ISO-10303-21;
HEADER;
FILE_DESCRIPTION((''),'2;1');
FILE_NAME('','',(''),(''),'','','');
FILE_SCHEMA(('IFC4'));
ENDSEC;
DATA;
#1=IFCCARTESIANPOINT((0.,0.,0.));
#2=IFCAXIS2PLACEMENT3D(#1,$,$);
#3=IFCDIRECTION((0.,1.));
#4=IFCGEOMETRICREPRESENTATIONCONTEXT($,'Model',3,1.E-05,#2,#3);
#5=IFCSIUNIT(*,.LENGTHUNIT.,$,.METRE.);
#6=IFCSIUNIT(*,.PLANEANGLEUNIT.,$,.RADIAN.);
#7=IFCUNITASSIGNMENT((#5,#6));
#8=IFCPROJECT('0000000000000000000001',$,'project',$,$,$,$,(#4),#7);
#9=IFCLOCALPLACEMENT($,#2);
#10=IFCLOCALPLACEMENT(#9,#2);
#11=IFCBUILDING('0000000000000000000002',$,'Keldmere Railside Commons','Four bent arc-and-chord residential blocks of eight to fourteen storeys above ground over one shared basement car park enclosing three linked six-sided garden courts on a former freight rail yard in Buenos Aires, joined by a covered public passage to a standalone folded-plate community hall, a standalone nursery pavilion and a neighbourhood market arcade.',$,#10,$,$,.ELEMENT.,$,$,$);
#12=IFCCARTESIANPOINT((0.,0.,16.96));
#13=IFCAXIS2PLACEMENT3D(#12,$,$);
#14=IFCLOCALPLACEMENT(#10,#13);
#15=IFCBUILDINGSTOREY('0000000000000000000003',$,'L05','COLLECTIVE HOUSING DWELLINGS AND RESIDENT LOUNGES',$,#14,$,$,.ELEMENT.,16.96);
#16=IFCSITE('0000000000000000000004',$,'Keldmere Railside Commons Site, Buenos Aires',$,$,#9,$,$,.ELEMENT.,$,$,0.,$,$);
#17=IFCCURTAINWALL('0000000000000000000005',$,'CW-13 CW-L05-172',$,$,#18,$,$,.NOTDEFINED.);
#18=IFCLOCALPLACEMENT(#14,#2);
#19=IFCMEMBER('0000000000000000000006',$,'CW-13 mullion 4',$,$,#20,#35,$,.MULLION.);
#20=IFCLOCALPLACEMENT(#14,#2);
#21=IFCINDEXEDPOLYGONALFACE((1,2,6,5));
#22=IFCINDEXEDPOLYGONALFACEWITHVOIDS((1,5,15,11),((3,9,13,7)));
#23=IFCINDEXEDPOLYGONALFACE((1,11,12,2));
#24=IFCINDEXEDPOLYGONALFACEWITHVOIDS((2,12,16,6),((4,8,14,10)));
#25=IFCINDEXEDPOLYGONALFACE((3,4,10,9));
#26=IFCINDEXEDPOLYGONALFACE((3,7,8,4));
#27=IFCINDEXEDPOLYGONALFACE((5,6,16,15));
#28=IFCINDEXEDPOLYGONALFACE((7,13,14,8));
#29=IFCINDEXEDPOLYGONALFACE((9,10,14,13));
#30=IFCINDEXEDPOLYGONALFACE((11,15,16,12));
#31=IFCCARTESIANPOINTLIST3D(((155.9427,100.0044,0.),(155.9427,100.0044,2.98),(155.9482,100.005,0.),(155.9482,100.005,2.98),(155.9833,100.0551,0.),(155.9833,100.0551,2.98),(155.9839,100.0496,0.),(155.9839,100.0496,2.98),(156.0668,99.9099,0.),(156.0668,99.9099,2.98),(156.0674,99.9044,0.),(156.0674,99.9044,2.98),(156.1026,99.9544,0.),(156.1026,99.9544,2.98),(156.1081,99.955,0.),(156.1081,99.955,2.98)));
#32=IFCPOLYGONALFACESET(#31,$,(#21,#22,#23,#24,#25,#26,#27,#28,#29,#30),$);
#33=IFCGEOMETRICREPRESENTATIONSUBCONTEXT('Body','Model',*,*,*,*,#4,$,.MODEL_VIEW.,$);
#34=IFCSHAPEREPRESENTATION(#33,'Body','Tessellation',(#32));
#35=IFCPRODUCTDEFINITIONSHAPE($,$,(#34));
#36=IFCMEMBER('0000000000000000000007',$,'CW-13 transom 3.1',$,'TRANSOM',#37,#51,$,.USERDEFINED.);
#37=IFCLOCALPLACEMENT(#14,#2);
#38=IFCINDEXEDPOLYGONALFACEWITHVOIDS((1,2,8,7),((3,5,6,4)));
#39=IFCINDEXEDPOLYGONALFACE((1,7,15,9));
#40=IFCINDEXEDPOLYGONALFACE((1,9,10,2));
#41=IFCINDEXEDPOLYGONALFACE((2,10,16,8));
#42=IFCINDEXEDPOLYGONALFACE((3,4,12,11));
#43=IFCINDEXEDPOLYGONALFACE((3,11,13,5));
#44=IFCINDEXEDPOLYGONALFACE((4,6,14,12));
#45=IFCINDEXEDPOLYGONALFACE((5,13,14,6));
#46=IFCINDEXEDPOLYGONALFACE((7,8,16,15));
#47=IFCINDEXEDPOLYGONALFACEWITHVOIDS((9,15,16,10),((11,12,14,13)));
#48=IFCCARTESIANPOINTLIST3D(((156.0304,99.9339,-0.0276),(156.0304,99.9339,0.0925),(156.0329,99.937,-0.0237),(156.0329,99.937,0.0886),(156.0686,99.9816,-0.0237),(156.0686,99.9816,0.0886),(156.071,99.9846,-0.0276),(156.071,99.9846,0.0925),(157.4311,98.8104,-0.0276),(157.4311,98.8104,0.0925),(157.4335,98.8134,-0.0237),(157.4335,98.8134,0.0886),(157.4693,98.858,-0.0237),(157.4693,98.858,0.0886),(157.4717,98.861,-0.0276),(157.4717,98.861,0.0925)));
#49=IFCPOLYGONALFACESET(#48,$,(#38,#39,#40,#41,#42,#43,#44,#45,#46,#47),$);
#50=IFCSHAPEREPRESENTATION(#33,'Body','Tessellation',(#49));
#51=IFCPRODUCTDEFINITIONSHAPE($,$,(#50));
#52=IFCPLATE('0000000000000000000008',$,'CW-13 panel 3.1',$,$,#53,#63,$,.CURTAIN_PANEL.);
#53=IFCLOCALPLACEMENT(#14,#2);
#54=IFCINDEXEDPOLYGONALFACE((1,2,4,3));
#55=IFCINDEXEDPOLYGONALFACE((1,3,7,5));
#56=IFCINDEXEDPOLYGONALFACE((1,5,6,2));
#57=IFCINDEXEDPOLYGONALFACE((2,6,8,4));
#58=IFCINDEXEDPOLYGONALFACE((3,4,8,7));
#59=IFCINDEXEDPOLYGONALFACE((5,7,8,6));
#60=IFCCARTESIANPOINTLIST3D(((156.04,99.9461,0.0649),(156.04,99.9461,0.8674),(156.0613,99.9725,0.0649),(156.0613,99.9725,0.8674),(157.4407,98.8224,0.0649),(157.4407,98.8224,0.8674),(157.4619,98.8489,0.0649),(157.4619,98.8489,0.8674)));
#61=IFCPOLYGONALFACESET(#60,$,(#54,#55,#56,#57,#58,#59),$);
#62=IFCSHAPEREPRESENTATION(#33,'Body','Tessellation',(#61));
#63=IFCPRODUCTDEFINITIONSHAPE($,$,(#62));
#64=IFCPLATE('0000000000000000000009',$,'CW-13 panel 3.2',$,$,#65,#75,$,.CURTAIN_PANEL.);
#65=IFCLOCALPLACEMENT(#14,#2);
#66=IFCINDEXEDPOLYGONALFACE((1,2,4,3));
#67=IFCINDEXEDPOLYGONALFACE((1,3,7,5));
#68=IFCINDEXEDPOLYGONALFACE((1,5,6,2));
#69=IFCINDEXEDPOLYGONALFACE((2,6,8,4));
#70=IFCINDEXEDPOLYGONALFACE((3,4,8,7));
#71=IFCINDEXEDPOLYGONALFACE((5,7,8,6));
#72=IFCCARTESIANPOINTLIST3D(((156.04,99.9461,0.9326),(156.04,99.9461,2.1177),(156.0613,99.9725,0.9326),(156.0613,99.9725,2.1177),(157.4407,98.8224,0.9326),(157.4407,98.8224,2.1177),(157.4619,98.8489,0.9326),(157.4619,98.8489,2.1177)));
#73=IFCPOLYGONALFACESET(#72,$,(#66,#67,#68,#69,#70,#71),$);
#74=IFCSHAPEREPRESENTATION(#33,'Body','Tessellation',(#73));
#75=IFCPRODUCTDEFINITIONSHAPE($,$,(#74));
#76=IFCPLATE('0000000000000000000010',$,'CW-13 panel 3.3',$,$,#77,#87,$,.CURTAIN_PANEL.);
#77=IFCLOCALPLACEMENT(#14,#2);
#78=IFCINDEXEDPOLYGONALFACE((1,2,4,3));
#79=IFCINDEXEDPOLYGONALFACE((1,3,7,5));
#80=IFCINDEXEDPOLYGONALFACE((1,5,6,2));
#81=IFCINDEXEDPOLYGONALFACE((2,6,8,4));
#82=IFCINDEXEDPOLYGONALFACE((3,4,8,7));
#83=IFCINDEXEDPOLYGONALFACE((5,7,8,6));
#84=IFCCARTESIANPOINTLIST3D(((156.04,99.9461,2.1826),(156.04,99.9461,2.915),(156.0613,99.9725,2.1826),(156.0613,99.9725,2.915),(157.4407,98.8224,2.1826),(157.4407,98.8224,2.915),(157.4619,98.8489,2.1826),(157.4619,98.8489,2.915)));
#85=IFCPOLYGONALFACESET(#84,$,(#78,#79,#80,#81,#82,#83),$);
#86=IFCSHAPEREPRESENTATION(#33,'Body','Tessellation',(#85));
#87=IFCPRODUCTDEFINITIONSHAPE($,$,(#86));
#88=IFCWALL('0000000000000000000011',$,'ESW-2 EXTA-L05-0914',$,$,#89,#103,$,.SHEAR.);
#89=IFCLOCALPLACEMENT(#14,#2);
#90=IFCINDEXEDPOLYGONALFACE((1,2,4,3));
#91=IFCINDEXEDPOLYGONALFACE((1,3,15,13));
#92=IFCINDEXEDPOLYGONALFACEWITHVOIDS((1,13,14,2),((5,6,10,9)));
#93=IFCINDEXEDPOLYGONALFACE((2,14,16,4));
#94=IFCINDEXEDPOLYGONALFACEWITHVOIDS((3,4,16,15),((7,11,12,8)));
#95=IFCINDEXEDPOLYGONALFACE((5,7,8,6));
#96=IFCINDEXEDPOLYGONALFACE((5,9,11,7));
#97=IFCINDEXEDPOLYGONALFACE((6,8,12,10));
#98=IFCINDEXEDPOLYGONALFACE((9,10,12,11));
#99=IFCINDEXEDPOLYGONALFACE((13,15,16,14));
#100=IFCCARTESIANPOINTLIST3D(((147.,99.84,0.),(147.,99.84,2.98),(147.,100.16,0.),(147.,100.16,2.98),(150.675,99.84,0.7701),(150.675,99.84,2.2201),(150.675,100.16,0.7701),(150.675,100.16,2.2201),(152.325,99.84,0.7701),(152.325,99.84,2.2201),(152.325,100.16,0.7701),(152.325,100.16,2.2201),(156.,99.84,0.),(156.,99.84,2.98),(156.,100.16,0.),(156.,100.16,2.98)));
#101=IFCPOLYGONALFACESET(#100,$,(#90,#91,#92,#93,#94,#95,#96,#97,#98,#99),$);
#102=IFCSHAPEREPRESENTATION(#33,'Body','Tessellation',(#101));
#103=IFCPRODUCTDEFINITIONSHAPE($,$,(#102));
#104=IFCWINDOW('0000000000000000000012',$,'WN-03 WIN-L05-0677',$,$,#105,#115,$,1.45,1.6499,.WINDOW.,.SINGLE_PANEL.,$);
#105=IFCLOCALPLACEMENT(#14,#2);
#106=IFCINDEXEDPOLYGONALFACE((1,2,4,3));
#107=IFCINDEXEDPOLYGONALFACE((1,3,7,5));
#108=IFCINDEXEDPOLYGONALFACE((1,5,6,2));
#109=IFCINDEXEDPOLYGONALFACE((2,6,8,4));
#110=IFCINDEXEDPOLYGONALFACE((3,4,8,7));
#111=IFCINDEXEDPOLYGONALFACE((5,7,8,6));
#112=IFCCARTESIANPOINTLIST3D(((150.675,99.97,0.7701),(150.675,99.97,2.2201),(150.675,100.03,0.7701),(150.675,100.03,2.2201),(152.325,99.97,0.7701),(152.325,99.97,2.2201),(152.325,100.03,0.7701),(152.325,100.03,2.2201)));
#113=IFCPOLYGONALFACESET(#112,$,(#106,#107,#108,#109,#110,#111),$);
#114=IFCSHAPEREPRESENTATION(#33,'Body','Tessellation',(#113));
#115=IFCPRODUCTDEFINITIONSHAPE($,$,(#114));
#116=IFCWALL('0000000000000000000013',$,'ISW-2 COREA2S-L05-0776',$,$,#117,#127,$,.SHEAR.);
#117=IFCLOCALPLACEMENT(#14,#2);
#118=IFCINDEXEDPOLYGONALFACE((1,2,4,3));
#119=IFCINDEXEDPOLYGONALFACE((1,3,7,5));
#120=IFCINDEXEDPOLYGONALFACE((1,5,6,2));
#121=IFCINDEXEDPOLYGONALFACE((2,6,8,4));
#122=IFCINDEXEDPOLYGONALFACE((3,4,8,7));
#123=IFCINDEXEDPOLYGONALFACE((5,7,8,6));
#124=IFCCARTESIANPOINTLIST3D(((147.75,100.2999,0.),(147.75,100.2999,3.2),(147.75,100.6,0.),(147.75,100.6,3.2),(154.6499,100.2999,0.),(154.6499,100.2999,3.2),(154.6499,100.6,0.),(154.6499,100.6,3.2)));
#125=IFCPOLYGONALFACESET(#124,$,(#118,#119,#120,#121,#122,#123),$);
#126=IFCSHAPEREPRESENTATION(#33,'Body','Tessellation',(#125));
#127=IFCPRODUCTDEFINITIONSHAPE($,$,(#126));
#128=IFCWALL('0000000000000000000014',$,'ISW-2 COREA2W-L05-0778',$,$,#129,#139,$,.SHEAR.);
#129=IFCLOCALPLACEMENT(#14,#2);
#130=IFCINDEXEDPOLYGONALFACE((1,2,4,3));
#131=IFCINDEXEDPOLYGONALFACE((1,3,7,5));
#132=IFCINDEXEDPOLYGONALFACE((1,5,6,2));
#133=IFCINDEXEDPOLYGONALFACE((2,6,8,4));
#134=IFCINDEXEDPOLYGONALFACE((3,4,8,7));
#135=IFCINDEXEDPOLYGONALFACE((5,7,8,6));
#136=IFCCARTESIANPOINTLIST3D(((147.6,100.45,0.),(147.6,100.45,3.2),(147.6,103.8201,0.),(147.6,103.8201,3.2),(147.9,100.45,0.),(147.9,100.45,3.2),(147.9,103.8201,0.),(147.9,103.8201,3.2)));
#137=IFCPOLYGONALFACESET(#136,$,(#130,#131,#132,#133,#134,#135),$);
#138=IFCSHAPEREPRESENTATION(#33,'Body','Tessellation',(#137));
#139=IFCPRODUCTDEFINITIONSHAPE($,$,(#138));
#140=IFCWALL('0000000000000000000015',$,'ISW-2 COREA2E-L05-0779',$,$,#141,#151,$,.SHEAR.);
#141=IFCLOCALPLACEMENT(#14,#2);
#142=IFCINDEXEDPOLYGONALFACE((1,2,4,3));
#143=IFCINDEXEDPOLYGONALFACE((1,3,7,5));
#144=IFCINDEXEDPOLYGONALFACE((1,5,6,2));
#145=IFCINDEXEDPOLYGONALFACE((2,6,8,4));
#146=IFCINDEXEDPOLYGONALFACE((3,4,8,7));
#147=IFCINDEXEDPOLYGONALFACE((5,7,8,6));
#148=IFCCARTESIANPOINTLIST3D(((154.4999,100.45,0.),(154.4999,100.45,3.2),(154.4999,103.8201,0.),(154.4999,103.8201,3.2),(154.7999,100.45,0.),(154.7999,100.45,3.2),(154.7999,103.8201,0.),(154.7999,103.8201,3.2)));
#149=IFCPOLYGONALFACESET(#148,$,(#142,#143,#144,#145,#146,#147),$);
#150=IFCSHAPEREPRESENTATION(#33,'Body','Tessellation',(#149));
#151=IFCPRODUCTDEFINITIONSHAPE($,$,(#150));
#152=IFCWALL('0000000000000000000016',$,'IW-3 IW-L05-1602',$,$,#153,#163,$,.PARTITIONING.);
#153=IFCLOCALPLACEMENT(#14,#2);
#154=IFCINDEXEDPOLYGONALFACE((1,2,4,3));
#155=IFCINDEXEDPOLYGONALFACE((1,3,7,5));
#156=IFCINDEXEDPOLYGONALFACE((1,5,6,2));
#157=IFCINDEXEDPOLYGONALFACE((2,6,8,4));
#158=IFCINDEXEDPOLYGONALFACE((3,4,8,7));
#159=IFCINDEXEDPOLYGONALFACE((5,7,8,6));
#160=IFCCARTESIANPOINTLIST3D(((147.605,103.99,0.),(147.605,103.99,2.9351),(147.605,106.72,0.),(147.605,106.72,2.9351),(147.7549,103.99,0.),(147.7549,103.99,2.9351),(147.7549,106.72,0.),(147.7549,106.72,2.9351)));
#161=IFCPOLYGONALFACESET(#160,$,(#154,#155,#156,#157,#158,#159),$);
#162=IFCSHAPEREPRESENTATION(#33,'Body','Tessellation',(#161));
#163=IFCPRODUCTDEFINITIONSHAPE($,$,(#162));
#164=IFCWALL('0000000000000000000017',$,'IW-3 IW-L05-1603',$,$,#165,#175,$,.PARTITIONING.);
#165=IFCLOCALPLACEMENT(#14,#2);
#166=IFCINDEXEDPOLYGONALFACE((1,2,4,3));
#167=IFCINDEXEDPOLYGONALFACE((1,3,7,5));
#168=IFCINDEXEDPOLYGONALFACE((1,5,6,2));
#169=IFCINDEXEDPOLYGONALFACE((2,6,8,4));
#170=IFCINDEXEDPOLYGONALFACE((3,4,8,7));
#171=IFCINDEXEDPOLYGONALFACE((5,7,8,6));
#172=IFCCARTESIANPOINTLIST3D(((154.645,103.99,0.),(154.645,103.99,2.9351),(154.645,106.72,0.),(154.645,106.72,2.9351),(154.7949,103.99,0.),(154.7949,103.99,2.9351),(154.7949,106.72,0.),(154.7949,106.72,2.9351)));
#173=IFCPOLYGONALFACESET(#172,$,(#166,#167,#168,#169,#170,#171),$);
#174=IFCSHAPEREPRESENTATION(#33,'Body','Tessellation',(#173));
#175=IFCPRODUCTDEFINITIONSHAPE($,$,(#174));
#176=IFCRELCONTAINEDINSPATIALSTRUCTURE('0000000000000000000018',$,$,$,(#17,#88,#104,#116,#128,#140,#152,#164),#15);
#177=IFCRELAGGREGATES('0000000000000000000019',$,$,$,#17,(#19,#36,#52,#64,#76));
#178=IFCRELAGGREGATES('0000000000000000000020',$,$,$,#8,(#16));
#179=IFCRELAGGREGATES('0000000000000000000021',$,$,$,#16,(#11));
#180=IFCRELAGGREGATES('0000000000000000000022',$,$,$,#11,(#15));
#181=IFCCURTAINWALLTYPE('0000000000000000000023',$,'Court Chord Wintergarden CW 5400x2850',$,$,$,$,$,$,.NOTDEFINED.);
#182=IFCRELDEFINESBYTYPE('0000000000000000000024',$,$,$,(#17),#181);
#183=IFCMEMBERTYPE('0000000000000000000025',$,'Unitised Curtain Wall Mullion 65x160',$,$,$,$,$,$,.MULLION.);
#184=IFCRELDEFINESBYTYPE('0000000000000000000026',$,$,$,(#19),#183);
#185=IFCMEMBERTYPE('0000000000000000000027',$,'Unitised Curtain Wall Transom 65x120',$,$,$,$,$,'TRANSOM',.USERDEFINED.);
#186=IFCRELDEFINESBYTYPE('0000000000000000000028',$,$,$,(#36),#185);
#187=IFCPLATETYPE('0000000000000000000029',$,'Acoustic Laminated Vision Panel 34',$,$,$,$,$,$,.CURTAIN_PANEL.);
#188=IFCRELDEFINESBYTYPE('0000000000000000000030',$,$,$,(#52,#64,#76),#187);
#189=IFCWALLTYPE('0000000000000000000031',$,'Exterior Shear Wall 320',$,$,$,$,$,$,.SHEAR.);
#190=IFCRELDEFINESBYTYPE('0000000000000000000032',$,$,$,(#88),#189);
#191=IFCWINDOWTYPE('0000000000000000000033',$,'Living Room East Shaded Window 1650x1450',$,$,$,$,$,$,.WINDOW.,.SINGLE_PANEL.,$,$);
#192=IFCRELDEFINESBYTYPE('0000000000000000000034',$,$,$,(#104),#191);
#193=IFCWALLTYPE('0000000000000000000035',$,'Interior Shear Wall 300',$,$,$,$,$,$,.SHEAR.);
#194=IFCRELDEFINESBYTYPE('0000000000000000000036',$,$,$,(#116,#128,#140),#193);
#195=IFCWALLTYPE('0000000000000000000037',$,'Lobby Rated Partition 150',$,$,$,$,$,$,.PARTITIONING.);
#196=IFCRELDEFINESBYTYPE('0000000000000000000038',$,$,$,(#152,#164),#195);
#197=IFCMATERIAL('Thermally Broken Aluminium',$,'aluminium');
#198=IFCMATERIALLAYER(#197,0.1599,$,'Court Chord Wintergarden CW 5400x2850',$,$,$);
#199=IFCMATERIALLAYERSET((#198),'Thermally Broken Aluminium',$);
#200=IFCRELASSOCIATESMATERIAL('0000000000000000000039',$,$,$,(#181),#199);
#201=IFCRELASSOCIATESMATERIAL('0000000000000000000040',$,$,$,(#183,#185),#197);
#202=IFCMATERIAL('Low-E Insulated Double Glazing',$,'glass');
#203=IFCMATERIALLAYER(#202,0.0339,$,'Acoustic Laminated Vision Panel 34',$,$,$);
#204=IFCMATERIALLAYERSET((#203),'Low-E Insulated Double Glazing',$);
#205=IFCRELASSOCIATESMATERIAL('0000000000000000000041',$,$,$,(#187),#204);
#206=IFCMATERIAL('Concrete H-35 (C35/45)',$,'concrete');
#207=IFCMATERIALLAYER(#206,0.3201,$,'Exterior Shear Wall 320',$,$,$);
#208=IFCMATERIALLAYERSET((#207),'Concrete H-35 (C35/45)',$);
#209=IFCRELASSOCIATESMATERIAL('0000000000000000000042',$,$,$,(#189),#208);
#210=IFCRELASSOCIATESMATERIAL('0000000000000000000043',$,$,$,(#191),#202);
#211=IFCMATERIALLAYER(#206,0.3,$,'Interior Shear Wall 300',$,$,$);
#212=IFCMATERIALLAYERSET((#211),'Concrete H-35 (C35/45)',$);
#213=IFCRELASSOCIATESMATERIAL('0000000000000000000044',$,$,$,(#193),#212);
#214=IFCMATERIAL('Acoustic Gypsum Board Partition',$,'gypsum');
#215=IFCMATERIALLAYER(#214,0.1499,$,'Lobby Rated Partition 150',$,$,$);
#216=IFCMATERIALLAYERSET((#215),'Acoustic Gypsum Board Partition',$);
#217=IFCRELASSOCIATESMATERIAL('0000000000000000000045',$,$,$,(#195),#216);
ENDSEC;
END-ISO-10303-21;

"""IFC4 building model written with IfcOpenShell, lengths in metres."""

from ifc_helpers import new_model, si_unit, direction, frame, frame_2d, origin, origin_2d, place, context, subcontext, project, spatial, rectangle, hollow_rectangle, extrude, material, layer, layer_set, material_profile, profile_set, type_object, element, fill, aggregate, save


model = new_model("IFC4")

# Units and contexts
model_context = context("Model", 3, precision=1e-05, world=origin(), true_north=direction((0.0, 1.0)))
body_context = subcontext(model_context, "Body", "Model", "MODEL_VIEW")
ifc_project = project(units=[si_unit("LENGTHUNIT", "METRE"), si_unit("PLANEANGLEUNIT", "RADIAN")], contexts=[model_context])

# Site, building, storey
site_placement = place(None, origin())
site = spatial("IfcSite", under=ifc_project, at=site_placement, Name="Keldmere Railside Commons Site, Buenos Aires", CompositionType="ELEMENT", RefElevation=0.0)
building_placement = place(site_placement, origin())
building = spatial("IfcBuilding", under=site, at=building_placement, Name="Keldmere Railside Commons", Description="Four bent arc-and-chord residential blocks of eight to fourteen storeys above ground over one shared basement car park enclosing three linked six-sided garden courts on a former freight rail yard in Buenos Aires, joined by a covered public passage to a standalone folded-plate community hall, a standalone nursery pavilion and a neighbourhood market arcade.", CompositionType="ELEMENT")
storey_placement = place(building_placement, frame((0.0, 0.0, 16.96)))
storey = spatial("IfcBuildingStorey", under=building, at=storey_placement, Name="L05", Description="COLLECTIVE HOUSING DWELLINGS AND RESIDENT LOUNGES", CompositionType="ELEMENT", Elevation=16.96)

# Curtain wall, members, plates
ifc_material_1 = material(Name="Thermally Broken Aluminium", Category="aluminium")
ifc_layer_1 = layer(ifc_material_1, 0.1599, Name="Court Chord Wintergarden CW 5400x2850")
ifc_layer_set_1 = layer_set([ifc_layer_1], Name="Thermally Broken Aluminium")
curtain_wall_type = type_object("IfcCurtainWallType", Name="Court Chord Wintergarden CW 5400x2850", PredefinedType="NOTDEFINED", material=ifc_layer_set_1)
curtain_wall_placement = place(storey_placement, origin())
curtain_wall = element("IfcCurtainWall", 1, at=curtain_wall_placement, inside=storey, type_object=curtain_wall_type, Name="CW-13 CW-L05-172", PredefinedType="NOTDEFINED")
ifc_material_profile_1 = material_profile(ifc_material_1, hollow_rectangle(XDim=0.0649, YDim=0.1599, WallThickness=0.0039, at=origin_2d()), Name="ALU-MULL-65x160")
ifc_profile_set_1 = profile_set([ifc_material_profile_1], Name="Thermally Broken Aluminium")
member_type_1 = type_object("IfcMemberType", Name="Unitised Curtain Wall Mullion 65x160", PredefinedType="MULLION", material=ifc_profile_set_1)
member_1_placement = place(storey_placement, frame((156.0254, 99.9797, 0.0), z_axis=(0.0, 0.0, 1.0), x_axis=(-0.625768, -0.780009, 0.0)))
member_1 = element("IfcMember", 2, at=member_1_placement, type_object=member_type_1, Name="CW-13 mullion 4", PredefinedType="MULLION", context=body_context, shape_type="SweptSolid", body=[
    extrude(hollow_rectangle(XDim=0.0649, YDim=0.1599, WallThickness=0.0039, at=origin_2d()), origin(), (0.0, 0.0, 1.0), 2.98),
])
ifc_material_profile_2 = material_profile(ifc_material_1, hollow_rectangle(XDim=0.0649, YDim=0.1201, WallThickness=0.0039, at=origin_2d()), Name="ALU-TRAN-65x120")
ifc_profile_set_2 = profile_set([ifc_material_profile_2], Name="Thermally Broken Aluminium")
member_type_2 = type_object("IfcMemberType", Name="Unitised Curtain Wall Transom 65x120", ElementType="TRANSOM", PredefinedType="USERDEFINED", material=ifc_profile_set_2)
member_2_placement = place(storey_placement, frame((157.4514, 98.8357, 0.0325), z_axis=(-0.780046, 0.625723, 0.0), x_axis=(-0.625723, -0.780046, 0.0)))
member_2 = element("IfcMember", 3, at=member_2_placement, type_object=member_type_2, Name="CW-13 transom 3.1", ObjectType="TRANSOM", PredefinedType="USERDEFINED", context=body_context, shape_type="SweptSolid", body=[
    extrude(hollow_rectangle(XDim=0.0649, YDim=0.1201, WallThickness=0.0039, at=origin_2d()), origin(), (0.0, 0.0, 1.0), 1.7957),
])
ifc_material_2 = material(Name="Low-E Insulated Double Glazing", Category="glass")
ifc_layer_2 = layer(ifc_material_2, 0.0339, Name="Acoustic Laminated Vision Panel 34")
ifc_layer_set_2 = layer_set([ifc_layer_2], Name="Low-E Insulated Double Glazing")
plate_type = type_object("IfcPlateType", Name="Acoustic Laminated Vision Panel 34", PredefinedType="CURTAIN_PANEL", material=ifc_layer_set_2)
plate_1_placement = place(storey_placement, frame((156.751, 99.3975, 0.0649), z_axis=(0.0, 0.0, 1.0), x_axis=(-0.780009, 0.625768, 0.0)))
plate_1 = element("IfcPlate", 4, at=plate_1_placement, type_object=plate_type, Name="CW-13 panel 3.1", PredefinedType="CURTAIN_PANEL", context=body_context, shape_type="SweptSolid", body=[
    extrude(rectangle(XDim=1.7957, YDim=0.0339, at=origin_2d()), origin(), (0.0, 0.0, 1.0), 0.8025),
])
plate_2_placement = place(storey_placement, frame((156.751, 99.3975, 0.9326), z_axis=(0.0, 0.0, 1.0), x_axis=(-0.780009, 0.625768, 0.0)))
plate_2 = element("IfcPlate", 5, at=plate_2_placement, type_object=plate_type, Name="CW-13 panel 3.2", PredefinedType="CURTAIN_PANEL", context=body_context, shape_type="SweptSolid", body=[
    extrude(rectangle(XDim=1.7957, YDim=0.0339, at=origin_2d()), origin(), (0.0, 0.0, 1.0), 1.1851),
])
plate_3_placement = place(storey_placement, frame((156.751, 99.3975, 2.1826), z_axis=(0.0, 0.0, 1.0), x_axis=(-0.780009, 0.625768, 0.0)))
plate_3 = element("IfcPlate", 6, at=plate_3_placement, type_object=plate_type, Name="CW-13 panel 3.3", PredefinedType="CURTAIN_PANEL", context=body_context, shape_type="SweptSolid", body=[
    extrude(rectangle(XDim=1.7957, YDim=0.0339, at=origin_2d()), origin(), (0.0, 0.0, 1.0), 0.7324),
])
aggregate(curtain_wall, [member_1, member_2, plate_1, plate_2, plate_3])

# Wall, opening, window
ifc_material_3 = material(Name="Concrete H-35 (C35/45)", Category="concrete")
ifc_layer_3 = layer(ifc_material_3, 0.3201, Name="Exterior Shear Wall 320")
ifc_layer_set_3 = layer_set([ifc_layer_3], Name="Concrete H-35 (C35/45)")
wall_type_1 = type_object("IfcWallType", Name="Exterior Shear Wall 320", PredefinedType="SHEAR", material=ifc_layer_set_3)
wall_1_placement = place(storey_placement, frame((156.0, 100.0, 0.0), z_axis=(0.0, 0.0, 1.0), x_axis=(-1.0, 0.0, 0.0)))
wall_1 = element("IfcWall", 7, at=wall_1_placement, inside=storey, type_object=wall_type_1, Name="ESW-2 EXTA-L05-0914", PredefinedType="SHEAR", context=body_context, shape_type="SweptSolid", body=[
    extrude(rectangle(XDim=9.0, YDim=0.3201, at=frame_2d((4.5, 0.0))), origin(), (0.0, 0.0, 1.0), 2.98),
])
opening_1_placement = place(wall_1_placement, frame((3.675, 0.0, 0.77)))
opening_1 = element("IfcOpeningElement", 8, at=opening_1_placement, cuts=wall_1, PredefinedType="OPENING", context=body_context, shape_type="SweptSolid", body=[
    extrude(rectangle(XDim=1.6499, YDim=1.45, at=frame_2d((0.825, 0.7251))), frame((0.0, 0.1699, 0.0), z_axis=(0.0, -1.0, 0.0), x_axis=(1.0, 0.0, 0.0)), (0.0, 0.0, 1.0), 0.3401),
])
window_type = type_object("IfcWindowType", Name="Living Room East Shaded Window 1650x1450", PartitioningType="SINGLE_PANEL", PredefinedType="WINDOW", material=ifc_material_2)
window_placement = place(opening_1_placement, origin())
window = element("IfcWindow", 9, at=window_placement, inside=storey, type_object=window_type, Name="WN-03 WIN-L05-0677", OverallHeight=1.45, OverallWidth=1.6499, PartitioningType="SINGLE_PANEL", PredefinedType="WINDOW", context=body_context, shape_type="SweptSolid", body=[
    extrude(rectangle(XDim=1.6499, YDim=1.45, at=frame_2d((0.825, 0.7251))), frame((0.0, 0.03, 0.0), z_axis=(0.0, -1.0, 0.0), x_axis=(1.0, 0.0, 0.0)), (0.0, 0.0, 1.0), 0.0601),
])
fill(opening_1, window)

# Walls
ifc_layer_4 = layer(ifc_material_3, 0.3, Name="Interior Shear Wall 300")
ifc_layer_set_4 = layer_set([ifc_layer_4], Name="Concrete H-35 (C35/45)")
wall_type_2 = type_object("IfcWallType", Name="Interior Shear Wall 300", PredefinedType="SHEAR", material=ifc_layer_set_4)
wall_2_placement = place(storey_placement, frame((147.75, 100.45, 0.0), z_axis=(0.0, 0.0, 1.0), x_axis=(1.0, 0.0, 0.0)))
element("IfcWall", 10, at=wall_2_placement, inside=storey, type_object=wall_type_2, Name="ISW-2 COREA2S-L05-0776", PredefinedType="SHEAR", context=body_context, shape_type="SweptSolid", body=[
    extrude(rectangle(XDim=6.8999, YDim=0.3, at=frame_2d((3.45, 0.0))), origin(), (0.0, 0.0, 1.0), 3.2),
])
for number, where, z_axis, x_axis, name in (
    (11, (147.75, 103.8201, 0.0), (0.0, 0.0, 1.0), (0.0, -1.0, 0.0), "ISW-2 COREA2W-L05-0778"),
    (12, (154.6499, 100.45, 0.0), (0.0, 0.0, 1.0), (0.0, 1.0, 0.0), "ISW-2 COREA2E-L05-0779"),
):
    element("IfcWall", number, at=place(storey_placement, frame(where, z_axis=z_axis, x_axis=x_axis)), inside=storey, type_object=wall_type_2, Name=name, PredefinedType="SHEAR", context=body_context, shape_type="SweptSolid", body=[
        extrude(rectangle(XDim=3.3701, YDim=0.3, at=frame_2d((1.6851, 0.0))), origin(), (0.0, 0.0, 1.0), 3.2),
    ])

# Walls
ifc_material_4 = material(Name="Acoustic Gypsum Board Partition", Category="gypsum")
ifc_layer_5 = layer(ifc_material_4, 0.1499, Name="Lobby Rated Partition 150")
ifc_layer_set_5 = layer_set([ifc_layer_5], Name="Acoustic Gypsum Board Partition")
wall_type_3 = type_object("IfcWallType", Name="Lobby Rated Partition 150", PredefinedType="PARTITIONING", material=ifc_layer_set_5)
for number, where, z_axis, x_axis, name in (
    (13, (147.6799, 103.99, 0.0), (0.0, 0.0, 1.0), (0.0, 1.0, 0.0), "IW-3 IW-L05-1602"),
    (14, (154.72, 103.99, 0.0), (0.0, 0.0, 1.0), (0.0, 1.0, 0.0), "IW-3 IW-L05-1603"),
):
    element("IfcWall", number, at=place(storey_placement, frame(where, z_axis=z_axis, x_axis=x_axis)), inside=storey, type_object=wall_type_3, Name=name, PredefinedType="PARTITIONING", context=body_context, shape_type="SweptSolid", body=[
        extrude(rectangle(XDim=2.73, YDim=0.1499, at=frame_2d((1.365, 0.0))), origin(), (0.0, 0.0, 1.0), 2.9351),
    ])

save(model, "model.ifc")
